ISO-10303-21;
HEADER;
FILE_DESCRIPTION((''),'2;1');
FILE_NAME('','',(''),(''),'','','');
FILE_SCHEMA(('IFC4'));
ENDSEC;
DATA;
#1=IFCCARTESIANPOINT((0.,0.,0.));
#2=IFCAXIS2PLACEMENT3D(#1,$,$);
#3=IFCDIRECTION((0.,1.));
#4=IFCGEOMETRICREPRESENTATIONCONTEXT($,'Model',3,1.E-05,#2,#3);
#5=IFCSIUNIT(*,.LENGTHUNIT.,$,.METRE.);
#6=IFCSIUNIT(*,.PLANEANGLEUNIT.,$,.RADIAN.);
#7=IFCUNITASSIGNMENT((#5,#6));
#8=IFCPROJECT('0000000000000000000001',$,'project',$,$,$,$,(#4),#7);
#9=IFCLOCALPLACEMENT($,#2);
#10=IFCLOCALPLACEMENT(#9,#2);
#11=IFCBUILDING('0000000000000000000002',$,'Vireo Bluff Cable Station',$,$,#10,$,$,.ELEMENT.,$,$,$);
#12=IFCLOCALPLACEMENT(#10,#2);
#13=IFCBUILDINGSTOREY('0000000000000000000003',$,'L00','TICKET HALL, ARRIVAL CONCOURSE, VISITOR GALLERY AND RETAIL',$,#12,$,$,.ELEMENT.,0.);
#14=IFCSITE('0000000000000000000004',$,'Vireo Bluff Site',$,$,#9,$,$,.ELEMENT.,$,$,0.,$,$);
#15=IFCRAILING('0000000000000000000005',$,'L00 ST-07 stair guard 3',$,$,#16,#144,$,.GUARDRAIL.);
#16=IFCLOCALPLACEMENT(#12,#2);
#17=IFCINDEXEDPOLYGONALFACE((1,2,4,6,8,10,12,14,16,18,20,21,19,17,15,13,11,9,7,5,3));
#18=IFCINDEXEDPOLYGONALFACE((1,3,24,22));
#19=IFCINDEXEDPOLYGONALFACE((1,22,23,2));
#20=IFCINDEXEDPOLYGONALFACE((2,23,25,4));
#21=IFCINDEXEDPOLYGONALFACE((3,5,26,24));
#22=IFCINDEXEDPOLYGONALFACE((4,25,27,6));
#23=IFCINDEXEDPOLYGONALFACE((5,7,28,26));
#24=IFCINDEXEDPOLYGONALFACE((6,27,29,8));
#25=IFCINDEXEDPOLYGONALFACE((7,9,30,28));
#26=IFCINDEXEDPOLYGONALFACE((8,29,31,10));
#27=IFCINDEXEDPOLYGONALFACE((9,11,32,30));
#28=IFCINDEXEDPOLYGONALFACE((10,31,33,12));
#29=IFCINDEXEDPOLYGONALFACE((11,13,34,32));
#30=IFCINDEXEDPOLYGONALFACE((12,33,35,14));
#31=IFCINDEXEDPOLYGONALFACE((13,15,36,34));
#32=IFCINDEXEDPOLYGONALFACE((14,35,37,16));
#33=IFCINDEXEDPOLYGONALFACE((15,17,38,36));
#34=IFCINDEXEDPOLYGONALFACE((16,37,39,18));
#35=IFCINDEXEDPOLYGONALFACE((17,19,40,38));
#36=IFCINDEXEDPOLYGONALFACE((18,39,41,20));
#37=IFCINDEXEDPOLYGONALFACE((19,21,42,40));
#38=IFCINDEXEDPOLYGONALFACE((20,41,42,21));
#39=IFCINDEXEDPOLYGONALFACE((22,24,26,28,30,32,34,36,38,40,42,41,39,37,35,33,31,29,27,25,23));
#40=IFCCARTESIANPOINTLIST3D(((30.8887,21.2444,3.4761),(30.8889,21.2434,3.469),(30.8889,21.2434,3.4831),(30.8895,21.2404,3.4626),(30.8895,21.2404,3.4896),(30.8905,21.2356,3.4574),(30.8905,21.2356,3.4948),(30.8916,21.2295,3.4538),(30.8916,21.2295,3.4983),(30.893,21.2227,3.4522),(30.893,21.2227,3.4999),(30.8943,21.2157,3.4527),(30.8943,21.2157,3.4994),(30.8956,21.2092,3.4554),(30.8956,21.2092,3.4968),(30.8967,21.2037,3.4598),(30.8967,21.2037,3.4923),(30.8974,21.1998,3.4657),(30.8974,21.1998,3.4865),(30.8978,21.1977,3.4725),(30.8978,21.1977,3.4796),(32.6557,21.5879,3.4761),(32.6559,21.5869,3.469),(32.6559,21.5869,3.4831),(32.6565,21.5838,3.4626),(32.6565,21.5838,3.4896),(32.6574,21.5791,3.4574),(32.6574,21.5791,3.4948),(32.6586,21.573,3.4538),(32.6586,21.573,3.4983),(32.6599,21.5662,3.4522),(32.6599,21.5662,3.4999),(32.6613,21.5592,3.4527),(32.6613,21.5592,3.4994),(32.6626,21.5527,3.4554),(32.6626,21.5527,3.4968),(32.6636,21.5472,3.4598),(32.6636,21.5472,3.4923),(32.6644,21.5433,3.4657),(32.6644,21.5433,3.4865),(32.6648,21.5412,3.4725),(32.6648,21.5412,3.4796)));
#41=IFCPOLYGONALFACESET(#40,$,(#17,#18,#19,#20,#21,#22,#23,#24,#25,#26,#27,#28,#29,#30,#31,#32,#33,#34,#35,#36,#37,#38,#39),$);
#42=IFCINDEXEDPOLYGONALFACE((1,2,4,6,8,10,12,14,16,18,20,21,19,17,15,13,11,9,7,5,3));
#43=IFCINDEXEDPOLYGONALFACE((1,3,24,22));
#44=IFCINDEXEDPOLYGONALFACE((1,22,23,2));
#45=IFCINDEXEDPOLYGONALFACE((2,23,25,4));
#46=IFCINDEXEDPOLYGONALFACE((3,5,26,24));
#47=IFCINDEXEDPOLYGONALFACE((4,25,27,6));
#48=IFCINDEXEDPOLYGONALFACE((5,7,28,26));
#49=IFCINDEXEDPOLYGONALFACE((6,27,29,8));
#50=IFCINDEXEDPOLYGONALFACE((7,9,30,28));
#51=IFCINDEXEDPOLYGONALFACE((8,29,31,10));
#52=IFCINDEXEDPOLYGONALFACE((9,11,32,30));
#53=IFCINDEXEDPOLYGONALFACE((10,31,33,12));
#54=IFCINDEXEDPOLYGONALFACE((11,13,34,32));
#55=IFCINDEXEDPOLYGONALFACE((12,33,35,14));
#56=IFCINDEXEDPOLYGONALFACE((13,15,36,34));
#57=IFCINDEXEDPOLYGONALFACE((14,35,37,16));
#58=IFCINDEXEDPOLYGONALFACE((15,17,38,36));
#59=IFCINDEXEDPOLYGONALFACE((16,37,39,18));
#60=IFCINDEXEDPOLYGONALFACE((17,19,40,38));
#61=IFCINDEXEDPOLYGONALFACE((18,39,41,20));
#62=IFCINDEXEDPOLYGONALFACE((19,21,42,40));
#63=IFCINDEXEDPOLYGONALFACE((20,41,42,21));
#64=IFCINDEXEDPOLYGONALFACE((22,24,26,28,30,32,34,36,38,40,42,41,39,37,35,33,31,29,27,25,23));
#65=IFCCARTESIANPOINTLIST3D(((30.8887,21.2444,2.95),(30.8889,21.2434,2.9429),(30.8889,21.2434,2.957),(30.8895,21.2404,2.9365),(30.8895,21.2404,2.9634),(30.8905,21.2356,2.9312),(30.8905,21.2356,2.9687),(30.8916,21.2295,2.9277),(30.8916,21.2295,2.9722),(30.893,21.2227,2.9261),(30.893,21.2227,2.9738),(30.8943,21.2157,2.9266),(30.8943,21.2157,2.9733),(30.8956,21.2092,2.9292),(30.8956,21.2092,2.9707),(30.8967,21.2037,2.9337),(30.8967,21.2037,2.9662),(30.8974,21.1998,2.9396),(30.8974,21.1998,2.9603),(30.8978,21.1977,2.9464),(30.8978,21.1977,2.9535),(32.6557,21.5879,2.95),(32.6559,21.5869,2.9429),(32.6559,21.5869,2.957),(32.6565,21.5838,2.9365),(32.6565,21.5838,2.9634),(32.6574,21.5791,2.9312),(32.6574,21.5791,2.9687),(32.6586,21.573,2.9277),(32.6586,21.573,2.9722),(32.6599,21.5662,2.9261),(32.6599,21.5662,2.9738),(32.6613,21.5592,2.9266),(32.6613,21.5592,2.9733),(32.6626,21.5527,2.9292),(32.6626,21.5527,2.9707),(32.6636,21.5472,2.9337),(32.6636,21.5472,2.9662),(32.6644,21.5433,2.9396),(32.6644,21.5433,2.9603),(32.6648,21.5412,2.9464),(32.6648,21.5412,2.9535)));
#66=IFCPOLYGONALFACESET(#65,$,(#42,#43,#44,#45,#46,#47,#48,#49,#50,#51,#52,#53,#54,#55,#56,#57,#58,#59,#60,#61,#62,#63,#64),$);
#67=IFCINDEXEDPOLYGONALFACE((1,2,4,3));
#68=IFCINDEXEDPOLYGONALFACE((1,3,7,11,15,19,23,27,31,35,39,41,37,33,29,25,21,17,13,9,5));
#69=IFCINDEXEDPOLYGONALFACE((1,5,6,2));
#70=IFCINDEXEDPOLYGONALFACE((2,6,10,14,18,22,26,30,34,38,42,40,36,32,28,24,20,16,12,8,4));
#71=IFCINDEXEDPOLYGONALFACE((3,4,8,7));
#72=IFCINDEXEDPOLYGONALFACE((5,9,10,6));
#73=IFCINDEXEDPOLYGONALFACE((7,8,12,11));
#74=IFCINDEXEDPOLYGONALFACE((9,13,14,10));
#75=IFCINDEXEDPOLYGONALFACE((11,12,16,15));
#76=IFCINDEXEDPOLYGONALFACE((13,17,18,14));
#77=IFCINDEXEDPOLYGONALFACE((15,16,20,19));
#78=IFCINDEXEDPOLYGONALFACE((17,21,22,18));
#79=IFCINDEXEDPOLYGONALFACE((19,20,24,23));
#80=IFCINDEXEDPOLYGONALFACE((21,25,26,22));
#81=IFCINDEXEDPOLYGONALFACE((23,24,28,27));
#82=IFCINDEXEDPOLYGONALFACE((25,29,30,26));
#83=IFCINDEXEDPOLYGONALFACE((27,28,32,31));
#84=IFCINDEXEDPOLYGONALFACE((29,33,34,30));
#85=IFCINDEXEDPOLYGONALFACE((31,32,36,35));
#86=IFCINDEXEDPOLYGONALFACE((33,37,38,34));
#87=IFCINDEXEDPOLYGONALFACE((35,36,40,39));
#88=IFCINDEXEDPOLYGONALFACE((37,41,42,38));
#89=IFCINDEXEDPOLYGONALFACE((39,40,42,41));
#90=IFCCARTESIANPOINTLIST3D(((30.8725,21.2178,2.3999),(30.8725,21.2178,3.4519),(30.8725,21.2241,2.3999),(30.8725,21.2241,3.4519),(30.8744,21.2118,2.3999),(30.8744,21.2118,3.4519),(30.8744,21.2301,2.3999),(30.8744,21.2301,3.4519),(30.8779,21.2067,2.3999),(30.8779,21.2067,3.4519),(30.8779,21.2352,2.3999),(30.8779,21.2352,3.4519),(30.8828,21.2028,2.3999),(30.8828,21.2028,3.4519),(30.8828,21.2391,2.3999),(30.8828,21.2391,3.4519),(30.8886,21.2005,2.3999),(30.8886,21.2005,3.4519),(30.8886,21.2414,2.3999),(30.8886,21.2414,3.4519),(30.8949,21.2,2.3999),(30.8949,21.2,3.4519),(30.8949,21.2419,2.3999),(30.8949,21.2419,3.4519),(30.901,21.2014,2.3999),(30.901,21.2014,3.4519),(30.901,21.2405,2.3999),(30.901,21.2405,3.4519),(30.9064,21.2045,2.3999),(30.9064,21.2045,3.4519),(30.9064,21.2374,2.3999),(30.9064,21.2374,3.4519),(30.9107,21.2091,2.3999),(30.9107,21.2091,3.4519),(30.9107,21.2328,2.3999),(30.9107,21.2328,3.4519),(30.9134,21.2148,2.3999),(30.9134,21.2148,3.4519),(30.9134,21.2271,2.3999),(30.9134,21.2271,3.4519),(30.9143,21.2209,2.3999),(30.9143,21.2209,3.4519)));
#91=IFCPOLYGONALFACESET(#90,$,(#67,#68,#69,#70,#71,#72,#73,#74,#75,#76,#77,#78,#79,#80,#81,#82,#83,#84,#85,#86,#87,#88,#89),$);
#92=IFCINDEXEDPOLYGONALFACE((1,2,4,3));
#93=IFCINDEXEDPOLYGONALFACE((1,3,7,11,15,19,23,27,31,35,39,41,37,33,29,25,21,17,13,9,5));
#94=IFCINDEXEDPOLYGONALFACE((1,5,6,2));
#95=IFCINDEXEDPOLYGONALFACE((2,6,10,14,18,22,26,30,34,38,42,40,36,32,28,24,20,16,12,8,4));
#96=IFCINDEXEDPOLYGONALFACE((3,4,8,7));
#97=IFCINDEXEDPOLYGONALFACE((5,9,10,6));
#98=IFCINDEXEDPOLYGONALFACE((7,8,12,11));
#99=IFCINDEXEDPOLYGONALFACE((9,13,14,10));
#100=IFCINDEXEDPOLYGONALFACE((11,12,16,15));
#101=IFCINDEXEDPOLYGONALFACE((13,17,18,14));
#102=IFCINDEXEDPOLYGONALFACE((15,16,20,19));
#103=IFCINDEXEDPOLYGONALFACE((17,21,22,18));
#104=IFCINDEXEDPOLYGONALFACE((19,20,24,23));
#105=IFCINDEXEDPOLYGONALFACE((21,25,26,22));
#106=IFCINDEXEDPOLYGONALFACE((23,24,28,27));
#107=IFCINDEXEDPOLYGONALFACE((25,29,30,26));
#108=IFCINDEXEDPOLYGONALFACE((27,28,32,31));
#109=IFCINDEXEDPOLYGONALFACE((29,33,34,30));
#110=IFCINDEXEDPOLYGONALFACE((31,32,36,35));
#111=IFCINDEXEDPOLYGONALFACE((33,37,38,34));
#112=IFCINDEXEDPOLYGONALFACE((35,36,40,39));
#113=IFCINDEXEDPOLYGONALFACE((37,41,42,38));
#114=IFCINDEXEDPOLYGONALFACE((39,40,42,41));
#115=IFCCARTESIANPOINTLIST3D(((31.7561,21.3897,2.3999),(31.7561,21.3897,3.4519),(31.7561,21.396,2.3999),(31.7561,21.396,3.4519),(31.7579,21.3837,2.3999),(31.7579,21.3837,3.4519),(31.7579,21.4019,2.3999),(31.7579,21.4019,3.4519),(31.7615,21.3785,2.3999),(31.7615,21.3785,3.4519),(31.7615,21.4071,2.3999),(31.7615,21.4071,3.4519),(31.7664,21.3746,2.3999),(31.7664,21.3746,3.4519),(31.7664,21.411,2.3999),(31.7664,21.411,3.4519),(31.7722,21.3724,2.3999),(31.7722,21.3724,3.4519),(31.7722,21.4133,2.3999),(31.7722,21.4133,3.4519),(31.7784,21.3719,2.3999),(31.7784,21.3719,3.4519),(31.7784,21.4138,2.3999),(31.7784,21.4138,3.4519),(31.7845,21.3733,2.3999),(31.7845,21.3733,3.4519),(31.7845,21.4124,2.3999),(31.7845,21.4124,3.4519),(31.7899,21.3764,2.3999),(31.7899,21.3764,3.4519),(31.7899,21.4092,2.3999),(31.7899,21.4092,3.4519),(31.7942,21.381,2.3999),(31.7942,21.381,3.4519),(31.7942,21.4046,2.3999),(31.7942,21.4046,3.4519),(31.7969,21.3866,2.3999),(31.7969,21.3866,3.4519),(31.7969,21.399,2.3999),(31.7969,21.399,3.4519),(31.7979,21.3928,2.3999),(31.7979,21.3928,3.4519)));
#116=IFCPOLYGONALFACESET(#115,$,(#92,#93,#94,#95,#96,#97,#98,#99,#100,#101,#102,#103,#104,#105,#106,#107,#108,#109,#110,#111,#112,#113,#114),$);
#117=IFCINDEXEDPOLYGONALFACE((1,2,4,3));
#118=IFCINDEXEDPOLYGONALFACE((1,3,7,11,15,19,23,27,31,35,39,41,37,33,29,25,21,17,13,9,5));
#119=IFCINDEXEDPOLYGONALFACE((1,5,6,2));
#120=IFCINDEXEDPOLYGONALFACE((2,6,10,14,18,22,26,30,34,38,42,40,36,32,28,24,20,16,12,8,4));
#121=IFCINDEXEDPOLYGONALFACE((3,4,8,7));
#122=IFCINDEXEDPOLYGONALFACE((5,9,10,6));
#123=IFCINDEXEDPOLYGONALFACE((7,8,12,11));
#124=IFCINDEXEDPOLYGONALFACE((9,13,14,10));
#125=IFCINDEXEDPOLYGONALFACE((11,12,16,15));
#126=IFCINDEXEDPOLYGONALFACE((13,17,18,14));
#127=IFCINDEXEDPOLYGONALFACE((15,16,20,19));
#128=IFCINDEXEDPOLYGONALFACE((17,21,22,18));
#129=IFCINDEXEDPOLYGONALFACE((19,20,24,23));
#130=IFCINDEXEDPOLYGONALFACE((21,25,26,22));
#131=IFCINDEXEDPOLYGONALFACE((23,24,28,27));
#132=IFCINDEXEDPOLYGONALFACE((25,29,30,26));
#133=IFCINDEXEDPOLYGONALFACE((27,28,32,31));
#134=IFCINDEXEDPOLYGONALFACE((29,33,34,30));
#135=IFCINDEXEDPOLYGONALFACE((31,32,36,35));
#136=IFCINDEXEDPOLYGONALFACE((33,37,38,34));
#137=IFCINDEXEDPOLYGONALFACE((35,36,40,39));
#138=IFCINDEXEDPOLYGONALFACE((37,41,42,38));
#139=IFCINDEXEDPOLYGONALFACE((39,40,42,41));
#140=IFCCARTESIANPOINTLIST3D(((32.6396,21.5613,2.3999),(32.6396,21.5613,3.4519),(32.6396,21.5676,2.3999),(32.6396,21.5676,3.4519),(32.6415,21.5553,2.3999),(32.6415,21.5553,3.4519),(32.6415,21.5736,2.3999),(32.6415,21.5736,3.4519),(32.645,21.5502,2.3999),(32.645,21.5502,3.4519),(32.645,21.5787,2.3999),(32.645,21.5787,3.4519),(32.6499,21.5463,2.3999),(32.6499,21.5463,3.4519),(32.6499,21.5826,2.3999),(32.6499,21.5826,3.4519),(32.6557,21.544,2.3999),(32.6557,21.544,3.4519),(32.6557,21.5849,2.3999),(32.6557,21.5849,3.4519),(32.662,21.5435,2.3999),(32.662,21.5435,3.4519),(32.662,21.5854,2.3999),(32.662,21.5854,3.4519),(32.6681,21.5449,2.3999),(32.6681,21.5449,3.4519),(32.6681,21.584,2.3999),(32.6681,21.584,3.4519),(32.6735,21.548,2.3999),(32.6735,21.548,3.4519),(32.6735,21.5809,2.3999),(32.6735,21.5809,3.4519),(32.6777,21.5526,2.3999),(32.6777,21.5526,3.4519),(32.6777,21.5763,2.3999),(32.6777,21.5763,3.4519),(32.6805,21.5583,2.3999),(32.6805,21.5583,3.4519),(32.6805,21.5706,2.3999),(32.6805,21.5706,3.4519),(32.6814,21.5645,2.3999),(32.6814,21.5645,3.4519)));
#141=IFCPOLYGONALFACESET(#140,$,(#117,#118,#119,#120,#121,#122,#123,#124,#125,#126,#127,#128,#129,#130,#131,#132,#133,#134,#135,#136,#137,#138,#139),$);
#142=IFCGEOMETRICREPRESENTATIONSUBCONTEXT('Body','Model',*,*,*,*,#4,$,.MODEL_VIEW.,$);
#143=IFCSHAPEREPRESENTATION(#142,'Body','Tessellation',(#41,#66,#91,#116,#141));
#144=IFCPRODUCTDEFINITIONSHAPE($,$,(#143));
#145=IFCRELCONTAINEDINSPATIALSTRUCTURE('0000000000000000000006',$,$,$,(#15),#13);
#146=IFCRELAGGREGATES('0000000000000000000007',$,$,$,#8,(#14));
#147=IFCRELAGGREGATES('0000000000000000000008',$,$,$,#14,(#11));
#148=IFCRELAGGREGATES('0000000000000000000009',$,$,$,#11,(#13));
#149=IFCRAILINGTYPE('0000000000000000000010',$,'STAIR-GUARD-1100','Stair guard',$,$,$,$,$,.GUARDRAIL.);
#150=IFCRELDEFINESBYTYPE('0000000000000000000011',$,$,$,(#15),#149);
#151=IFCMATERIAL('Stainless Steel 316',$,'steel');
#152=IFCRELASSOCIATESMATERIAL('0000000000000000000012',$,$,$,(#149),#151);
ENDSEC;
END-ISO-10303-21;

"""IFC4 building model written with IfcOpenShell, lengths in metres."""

from ifc_helpers import new_model, si_unit, direction, frame, origin, origin_2d, place, context, subcontext, project, spatial, circle, extrude, material, type_object, element, save


model = new_model("IFC4")

# Units and contexts
model_context = context("Model", 3, precision=1e-05, world=origin(), true_north=direction((0.0, 1.0)))
body_context = subcontext(model_context, "Body", "Model", "MODEL_VIEW")
ifc_project = project(units=[si_unit("LENGTHUNIT", "METRE"), si_unit("PLANEANGLEUNIT", "RADIAN")], contexts=[model_context])

# Site, building, storey
site_placement = place(None, origin())
site = spatial("IfcSite", under=ifc_project, at=site_placement, Name="Vireo Bluff Site", CompositionType="ELEMENT", RefElevation=0.0)
building_placement = place(site_placement, origin())
building = spatial("IfcBuilding", under=site, at=building_placement, Name="Vireo Bluff Cable Station", CompositionType="ELEMENT")
storey_placement = place(building_placement, origin())
storey = spatial("IfcBuildingStorey", under=building, at=storey_placement, Name="L00", Description="TICKET HALL, ARRIVAL CONCOURSE, VISITOR GALLERY AND RETAIL", CompositionType="ELEMENT", Elevation=0.0)

# Railing
ifc_material_1 = material(Name="Stainless Steel 316", Category="steel")
railing_type = type_object("IfcRailingType", Name="STAIR-GUARD-1100", Description="Stair guard", PredefinedType="GUARDRAIL", material=ifc_material_1)
railing_1_placement = place(storey_placement, frame((30.8933, 21.2209, 2.3999)))
element("IfcRailing", 1, at=railing_1_placement, inside=storey, type_object=railing_type, Name="L00 ST-07 stair guard 3", PredefinedType="GUARDRAIL", context=body_context, shape_type="SweptSolid", body=[
    extrude(circle(Radius=0.0239, at=origin_2d()), frame((0.0, 0.0, 1.0762), z_axis=(0.981625, 0.190819, 0.0), x_axis=(-0.190819, 0.981625, 0.0)), (0.0, 0.0, 1.0), 1.8),
    extrude(circle(Radius=0.0239, at=origin_2d()), frame((0.0, 0.0, 0.55), z_axis=(0.981625, 0.190819, 0.0), x_axis=(-0.190819, 0.981625, 0.0)), (0.0, 0.0, 1.0), 1.8),
    extrude(circle(Radius=0.021, at=origin_2d()), origin(), (0.0, 0.0, 1.0), 1.052),
    extrude(circle(Radius=0.021, at=origin_2d()), frame((0.8835, 0.1719, 0.0)), (0.0, 0.0, 1.0), 1.052),
    extrude(circle(Radius=0.021, at=origin_2d()), frame((1.7671, 0.3435, 0.0)), (0.0, 0.0, 1.0), 1.052),
])

save(model, "model.ifc")
